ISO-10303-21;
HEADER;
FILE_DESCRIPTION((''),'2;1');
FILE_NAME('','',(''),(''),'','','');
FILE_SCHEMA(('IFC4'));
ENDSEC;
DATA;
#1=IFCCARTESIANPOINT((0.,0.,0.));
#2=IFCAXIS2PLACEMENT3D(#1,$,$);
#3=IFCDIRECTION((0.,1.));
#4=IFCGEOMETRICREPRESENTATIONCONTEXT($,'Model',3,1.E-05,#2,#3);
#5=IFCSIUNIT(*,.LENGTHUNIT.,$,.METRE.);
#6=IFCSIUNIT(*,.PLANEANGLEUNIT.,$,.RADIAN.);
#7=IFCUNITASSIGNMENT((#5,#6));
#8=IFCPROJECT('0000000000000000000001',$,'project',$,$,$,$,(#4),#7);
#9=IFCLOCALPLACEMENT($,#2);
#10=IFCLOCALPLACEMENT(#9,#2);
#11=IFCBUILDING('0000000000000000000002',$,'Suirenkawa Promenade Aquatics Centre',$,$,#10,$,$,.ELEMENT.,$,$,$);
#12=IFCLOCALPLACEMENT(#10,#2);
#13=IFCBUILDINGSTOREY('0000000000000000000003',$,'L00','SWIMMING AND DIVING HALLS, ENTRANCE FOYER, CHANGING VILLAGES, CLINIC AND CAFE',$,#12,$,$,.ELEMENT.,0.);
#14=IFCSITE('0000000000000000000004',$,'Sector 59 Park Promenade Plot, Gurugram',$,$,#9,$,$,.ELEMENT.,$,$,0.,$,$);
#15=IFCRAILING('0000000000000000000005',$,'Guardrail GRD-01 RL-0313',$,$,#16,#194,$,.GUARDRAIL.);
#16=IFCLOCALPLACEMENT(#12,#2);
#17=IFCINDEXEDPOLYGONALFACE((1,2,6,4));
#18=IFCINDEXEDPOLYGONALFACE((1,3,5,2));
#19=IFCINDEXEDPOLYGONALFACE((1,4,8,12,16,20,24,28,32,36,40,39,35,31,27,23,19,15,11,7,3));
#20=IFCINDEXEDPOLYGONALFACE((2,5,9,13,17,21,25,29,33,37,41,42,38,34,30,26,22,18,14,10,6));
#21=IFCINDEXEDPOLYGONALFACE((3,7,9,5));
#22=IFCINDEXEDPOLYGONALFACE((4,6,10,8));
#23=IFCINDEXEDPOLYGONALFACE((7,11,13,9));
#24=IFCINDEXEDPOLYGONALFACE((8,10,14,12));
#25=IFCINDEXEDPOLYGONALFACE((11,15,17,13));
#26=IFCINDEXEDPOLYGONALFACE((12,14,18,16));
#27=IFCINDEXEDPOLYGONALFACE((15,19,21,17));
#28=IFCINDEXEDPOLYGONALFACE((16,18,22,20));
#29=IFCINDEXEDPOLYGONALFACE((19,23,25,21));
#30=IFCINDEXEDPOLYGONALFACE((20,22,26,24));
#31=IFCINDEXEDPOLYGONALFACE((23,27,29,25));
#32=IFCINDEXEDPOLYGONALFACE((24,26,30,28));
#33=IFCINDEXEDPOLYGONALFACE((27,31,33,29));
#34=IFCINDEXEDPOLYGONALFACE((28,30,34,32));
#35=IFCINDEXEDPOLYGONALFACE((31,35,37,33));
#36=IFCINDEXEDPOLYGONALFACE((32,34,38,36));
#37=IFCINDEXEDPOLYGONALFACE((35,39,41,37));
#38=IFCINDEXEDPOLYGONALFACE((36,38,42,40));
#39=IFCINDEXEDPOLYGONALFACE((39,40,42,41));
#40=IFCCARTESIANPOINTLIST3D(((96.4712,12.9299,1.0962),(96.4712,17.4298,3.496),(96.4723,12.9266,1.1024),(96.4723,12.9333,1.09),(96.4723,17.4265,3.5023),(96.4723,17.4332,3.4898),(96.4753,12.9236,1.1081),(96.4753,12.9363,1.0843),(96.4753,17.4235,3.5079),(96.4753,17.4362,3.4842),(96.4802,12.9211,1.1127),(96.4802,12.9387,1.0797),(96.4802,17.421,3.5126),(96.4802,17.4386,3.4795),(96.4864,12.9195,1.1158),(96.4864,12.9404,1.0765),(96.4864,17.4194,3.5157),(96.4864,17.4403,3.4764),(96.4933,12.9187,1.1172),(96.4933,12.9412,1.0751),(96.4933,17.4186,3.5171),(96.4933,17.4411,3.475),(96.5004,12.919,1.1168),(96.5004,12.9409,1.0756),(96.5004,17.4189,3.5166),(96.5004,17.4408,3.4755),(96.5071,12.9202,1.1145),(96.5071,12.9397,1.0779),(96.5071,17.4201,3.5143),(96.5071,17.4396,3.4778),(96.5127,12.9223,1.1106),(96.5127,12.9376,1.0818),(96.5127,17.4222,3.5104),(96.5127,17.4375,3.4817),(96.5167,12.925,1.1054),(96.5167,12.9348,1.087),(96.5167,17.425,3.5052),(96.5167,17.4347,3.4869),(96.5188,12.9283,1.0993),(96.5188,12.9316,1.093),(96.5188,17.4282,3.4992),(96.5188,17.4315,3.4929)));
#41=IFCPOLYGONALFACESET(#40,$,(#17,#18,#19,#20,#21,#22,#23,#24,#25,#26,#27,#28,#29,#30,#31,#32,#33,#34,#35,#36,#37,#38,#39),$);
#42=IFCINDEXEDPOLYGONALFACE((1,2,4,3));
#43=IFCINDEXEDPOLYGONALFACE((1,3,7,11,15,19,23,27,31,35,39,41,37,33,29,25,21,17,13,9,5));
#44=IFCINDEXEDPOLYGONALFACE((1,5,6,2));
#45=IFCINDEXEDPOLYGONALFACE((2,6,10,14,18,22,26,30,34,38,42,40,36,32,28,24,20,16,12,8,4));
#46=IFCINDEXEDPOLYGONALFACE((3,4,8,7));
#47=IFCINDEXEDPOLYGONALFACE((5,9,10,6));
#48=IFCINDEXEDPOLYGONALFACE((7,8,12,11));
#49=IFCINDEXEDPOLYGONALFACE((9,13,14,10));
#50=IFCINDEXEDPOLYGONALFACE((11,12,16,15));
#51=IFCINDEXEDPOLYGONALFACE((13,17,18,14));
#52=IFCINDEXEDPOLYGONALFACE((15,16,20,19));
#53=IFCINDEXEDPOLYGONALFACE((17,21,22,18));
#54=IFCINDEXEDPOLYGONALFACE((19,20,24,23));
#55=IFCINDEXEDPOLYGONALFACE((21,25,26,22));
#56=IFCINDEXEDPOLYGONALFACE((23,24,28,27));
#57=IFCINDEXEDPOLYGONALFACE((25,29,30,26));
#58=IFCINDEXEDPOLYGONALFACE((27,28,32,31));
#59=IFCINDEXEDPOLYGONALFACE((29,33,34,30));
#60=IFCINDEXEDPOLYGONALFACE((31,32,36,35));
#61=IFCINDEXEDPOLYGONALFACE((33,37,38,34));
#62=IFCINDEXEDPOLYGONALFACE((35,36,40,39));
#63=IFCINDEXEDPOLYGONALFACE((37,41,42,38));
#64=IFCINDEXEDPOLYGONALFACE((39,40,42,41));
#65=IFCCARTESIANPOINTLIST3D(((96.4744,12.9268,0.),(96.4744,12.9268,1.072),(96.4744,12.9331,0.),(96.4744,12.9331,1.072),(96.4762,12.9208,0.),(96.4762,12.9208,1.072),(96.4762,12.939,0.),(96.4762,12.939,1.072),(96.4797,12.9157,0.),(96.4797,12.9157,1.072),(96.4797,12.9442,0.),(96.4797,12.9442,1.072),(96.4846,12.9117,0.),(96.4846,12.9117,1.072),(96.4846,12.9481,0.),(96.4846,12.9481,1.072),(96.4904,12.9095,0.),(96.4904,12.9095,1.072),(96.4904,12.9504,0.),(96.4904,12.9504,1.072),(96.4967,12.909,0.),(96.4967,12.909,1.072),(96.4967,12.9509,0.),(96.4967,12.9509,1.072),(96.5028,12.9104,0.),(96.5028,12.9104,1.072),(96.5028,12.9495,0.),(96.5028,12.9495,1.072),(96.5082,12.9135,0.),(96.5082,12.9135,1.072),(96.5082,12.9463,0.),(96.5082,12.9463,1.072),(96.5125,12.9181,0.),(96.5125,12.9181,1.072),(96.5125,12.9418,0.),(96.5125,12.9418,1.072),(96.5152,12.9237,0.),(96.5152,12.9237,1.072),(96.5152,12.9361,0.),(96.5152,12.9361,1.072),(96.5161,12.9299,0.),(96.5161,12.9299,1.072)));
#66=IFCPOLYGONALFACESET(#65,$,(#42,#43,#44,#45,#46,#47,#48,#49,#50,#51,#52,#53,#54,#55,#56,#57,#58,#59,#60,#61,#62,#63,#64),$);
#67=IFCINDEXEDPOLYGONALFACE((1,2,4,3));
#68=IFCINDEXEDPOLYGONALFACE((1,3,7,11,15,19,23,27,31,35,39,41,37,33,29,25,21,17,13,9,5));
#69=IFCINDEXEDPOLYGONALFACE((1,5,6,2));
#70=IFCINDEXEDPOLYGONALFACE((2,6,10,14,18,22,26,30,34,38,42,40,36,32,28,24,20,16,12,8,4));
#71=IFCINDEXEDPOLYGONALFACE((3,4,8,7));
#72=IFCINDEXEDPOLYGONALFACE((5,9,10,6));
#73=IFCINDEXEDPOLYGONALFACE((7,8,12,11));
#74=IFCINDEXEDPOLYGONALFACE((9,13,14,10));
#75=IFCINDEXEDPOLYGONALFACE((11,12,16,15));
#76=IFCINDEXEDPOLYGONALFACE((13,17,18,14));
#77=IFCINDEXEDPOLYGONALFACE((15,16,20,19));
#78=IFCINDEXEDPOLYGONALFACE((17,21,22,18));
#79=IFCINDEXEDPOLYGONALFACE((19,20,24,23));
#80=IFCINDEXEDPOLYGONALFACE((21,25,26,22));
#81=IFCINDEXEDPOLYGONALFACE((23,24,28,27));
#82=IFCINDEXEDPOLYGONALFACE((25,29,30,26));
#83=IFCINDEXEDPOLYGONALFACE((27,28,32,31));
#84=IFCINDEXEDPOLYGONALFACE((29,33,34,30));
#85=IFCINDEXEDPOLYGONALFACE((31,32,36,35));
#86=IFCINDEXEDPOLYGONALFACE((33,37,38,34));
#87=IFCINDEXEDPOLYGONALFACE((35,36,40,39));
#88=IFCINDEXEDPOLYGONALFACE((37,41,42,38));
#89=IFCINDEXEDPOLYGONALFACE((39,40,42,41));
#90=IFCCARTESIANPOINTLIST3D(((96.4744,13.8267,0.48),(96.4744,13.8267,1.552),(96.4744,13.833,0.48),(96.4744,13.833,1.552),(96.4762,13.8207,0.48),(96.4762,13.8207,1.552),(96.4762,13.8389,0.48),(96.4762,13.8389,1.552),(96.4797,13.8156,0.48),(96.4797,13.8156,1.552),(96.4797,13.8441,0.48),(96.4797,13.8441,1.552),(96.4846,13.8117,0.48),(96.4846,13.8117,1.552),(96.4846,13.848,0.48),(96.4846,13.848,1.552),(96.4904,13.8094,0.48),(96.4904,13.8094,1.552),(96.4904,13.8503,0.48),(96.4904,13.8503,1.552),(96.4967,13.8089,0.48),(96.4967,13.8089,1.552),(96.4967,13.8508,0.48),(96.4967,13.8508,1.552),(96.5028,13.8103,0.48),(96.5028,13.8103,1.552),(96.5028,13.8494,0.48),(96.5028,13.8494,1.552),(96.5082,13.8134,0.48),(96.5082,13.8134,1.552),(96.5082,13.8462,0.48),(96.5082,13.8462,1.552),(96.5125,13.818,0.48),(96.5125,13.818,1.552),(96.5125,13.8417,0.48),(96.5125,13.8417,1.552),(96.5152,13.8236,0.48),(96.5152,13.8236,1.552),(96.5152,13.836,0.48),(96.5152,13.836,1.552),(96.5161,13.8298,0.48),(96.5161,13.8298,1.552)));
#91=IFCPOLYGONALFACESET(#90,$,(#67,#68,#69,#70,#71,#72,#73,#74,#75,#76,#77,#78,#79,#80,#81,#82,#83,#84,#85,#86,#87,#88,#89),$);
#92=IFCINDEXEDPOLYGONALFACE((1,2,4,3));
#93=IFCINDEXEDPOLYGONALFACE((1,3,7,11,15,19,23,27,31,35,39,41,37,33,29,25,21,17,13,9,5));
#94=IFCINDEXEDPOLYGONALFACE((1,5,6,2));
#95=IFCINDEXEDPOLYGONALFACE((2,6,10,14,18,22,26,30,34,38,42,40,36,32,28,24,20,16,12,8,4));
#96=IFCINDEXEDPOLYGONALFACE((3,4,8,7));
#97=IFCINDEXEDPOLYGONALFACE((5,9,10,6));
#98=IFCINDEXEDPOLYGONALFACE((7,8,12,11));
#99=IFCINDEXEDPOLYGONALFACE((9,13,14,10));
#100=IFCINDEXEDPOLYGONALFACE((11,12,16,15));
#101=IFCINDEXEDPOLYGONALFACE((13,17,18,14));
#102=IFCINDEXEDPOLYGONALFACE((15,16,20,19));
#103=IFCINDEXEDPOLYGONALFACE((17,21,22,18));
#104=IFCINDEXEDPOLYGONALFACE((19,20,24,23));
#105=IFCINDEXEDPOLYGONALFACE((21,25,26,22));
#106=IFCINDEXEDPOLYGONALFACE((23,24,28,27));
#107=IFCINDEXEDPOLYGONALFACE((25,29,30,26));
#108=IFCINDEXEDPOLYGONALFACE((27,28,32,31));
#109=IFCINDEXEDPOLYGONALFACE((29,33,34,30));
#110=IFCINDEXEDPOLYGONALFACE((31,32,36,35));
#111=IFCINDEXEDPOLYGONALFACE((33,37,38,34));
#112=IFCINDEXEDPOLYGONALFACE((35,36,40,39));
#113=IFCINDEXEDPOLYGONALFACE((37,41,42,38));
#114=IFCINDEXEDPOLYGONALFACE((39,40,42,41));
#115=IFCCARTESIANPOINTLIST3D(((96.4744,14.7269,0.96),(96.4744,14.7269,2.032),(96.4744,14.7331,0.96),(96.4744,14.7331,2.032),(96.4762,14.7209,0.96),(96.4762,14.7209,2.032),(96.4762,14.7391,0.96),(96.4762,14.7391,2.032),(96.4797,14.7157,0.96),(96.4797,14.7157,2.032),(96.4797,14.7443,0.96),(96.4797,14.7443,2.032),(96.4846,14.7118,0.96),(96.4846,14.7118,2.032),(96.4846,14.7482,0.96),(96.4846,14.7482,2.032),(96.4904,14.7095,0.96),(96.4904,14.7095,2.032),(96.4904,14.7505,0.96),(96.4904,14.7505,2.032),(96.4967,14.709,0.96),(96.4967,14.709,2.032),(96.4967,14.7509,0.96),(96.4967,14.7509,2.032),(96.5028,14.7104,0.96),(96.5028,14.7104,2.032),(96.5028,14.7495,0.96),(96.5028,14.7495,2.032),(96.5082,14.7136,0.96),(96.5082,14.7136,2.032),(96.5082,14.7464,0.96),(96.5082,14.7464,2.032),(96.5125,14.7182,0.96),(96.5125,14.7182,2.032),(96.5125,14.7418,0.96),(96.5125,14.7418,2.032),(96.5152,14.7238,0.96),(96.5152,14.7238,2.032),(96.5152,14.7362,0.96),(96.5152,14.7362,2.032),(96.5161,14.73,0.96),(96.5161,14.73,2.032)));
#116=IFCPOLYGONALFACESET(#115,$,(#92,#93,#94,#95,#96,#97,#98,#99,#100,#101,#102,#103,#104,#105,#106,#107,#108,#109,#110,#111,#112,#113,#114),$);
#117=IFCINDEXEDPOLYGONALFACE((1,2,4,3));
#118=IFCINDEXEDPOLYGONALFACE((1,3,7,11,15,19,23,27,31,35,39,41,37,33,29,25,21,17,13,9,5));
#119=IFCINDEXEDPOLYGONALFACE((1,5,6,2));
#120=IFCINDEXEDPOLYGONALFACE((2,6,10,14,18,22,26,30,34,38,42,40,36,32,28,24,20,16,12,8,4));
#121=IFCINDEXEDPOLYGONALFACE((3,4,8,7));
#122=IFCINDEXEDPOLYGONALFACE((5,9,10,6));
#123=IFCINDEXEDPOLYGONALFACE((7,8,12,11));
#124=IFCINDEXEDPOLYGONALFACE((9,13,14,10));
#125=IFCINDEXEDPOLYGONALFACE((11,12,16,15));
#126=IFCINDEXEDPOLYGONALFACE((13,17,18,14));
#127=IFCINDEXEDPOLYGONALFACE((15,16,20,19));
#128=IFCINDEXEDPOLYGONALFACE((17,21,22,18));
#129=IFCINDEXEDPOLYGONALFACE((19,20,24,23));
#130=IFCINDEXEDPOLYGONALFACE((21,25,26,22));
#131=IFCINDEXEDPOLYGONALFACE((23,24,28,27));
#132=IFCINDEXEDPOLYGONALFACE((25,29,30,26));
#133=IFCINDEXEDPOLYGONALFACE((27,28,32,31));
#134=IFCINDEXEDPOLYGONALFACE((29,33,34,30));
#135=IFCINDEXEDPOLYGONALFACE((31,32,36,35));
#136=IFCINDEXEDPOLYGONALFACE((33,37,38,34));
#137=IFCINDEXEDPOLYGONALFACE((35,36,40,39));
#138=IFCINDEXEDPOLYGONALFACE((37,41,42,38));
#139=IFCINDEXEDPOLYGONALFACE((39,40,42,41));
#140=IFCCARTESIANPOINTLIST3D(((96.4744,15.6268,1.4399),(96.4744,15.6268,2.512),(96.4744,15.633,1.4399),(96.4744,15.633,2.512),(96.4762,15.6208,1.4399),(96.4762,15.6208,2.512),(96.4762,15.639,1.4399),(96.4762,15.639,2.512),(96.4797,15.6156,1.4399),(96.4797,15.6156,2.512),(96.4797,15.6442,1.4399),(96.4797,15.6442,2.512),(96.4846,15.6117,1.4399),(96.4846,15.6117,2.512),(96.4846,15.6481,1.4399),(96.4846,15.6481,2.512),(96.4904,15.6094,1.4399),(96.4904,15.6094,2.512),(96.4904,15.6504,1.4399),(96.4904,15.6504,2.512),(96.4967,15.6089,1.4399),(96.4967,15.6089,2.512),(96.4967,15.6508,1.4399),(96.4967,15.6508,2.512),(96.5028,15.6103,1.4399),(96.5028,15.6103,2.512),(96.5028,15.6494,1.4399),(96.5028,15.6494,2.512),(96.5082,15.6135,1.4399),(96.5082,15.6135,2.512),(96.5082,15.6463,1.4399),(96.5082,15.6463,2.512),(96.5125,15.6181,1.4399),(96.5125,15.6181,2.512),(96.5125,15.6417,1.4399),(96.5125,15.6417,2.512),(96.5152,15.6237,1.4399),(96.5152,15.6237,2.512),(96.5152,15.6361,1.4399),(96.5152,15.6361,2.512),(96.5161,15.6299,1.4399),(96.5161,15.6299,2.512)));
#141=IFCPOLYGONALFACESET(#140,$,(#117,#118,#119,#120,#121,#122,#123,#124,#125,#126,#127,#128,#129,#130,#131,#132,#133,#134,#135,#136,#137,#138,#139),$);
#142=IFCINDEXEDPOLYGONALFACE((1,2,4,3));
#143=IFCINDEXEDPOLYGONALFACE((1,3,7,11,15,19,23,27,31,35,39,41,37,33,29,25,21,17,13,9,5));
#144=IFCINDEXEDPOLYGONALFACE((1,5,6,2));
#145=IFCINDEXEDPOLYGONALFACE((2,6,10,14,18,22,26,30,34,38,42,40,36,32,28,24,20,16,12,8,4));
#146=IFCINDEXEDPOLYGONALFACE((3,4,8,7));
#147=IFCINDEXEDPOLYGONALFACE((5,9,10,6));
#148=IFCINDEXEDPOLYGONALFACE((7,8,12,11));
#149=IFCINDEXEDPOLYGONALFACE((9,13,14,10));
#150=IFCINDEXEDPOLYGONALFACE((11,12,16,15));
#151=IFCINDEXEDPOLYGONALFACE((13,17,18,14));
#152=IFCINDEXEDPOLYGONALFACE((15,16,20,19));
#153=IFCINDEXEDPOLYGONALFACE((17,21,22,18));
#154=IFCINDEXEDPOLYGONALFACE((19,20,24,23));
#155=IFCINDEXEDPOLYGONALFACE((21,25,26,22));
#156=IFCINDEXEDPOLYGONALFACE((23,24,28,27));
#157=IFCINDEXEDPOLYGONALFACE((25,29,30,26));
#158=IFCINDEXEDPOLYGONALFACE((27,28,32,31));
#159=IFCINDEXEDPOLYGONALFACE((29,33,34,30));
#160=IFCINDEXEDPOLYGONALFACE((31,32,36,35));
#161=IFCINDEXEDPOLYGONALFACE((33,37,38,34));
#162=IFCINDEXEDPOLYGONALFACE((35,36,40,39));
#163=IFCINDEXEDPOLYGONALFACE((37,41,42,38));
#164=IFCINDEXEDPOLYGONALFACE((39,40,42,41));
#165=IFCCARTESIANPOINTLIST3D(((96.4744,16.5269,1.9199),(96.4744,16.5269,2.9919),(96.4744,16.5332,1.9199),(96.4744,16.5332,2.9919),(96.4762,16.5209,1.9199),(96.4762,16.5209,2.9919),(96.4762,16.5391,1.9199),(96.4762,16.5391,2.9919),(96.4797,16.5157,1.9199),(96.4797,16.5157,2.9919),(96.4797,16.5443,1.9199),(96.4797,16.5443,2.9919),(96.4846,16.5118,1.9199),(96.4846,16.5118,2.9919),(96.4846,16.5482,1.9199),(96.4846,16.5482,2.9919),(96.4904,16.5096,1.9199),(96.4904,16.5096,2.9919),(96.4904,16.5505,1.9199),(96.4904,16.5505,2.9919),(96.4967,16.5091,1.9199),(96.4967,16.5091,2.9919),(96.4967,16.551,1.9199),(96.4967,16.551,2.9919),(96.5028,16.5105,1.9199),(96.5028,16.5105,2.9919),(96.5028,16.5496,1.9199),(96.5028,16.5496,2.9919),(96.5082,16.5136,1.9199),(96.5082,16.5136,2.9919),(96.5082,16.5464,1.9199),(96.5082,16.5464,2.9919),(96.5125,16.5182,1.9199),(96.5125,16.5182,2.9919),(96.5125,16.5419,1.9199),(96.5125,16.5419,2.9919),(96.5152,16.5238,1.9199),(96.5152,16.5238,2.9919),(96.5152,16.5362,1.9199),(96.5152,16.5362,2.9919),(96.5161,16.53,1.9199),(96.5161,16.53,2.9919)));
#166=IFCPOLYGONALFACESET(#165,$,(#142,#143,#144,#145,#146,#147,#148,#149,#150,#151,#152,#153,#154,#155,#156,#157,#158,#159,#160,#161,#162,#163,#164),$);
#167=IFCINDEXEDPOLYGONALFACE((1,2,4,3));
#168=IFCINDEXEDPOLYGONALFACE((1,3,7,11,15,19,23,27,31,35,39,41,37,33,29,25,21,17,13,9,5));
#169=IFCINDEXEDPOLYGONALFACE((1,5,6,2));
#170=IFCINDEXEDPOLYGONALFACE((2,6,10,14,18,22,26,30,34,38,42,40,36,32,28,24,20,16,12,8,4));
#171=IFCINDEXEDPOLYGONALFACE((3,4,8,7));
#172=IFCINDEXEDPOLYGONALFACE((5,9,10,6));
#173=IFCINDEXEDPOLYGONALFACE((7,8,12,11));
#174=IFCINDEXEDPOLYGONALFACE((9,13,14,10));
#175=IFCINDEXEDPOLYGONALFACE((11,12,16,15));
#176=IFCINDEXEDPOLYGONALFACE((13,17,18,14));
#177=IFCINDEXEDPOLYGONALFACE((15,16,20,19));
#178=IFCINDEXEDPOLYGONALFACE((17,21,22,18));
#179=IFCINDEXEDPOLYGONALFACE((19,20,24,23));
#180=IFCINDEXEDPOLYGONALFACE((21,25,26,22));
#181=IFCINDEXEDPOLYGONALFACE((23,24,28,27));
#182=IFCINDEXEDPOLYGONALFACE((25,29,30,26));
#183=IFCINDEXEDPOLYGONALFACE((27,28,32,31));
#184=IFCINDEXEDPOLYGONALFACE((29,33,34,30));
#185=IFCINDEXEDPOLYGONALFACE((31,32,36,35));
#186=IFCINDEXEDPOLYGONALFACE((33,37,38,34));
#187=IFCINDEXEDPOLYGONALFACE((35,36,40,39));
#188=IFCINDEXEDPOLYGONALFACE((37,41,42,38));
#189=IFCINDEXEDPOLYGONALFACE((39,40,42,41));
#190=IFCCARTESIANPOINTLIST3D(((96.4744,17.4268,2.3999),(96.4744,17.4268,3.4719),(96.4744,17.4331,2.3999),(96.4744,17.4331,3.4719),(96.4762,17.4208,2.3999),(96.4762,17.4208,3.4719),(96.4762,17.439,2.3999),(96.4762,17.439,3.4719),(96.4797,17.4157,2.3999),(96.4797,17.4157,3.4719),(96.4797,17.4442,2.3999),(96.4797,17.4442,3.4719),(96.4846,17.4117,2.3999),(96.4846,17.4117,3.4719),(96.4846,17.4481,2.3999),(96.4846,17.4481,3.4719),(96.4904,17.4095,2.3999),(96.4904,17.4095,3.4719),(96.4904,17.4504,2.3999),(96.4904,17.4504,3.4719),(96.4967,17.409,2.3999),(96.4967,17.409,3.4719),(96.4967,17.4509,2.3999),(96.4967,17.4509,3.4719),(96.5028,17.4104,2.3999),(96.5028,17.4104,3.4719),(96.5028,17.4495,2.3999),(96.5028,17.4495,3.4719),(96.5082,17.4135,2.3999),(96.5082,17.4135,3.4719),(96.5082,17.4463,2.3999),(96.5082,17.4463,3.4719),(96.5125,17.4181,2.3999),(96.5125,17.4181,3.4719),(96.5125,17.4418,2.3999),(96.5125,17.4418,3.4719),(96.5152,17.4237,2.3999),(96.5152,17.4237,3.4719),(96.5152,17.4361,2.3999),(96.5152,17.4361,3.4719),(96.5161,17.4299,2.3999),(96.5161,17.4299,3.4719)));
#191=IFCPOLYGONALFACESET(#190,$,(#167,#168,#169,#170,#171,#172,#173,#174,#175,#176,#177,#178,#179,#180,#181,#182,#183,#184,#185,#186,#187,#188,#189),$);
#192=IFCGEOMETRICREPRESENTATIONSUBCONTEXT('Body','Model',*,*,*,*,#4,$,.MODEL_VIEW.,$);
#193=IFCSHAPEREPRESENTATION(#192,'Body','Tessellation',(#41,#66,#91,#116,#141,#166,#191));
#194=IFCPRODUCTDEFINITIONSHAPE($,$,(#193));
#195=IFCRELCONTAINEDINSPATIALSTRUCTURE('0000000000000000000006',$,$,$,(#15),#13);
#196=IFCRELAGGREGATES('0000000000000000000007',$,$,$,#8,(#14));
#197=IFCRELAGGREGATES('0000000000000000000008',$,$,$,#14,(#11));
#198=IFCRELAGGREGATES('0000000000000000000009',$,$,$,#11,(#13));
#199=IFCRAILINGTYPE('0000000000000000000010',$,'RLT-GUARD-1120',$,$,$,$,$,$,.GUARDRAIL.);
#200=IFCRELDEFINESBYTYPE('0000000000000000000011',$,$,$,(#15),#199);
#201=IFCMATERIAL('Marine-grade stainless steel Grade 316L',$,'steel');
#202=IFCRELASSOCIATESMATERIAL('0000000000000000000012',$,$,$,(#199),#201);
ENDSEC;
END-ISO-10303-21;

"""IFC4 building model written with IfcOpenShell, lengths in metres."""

from ifc_helpers import new_model, si_unit, direction, frame, origin, origin_2d, place, context, subcontext, project, spatial, circle, extrude, material, type_object, element, save


model = new_model("IFC4")

# Units and contexts
model_context = context("Model", 3, precision=1e-05, world=origin(), true_north=direction((0.0, 1.0)))
body_context = subcontext(model_context, "Body", "Model", "MODEL_VIEW")
ifc_project = project(units=[si_unit("LENGTHUNIT", "METRE"), si_unit("PLANEANGLEUNIT", "RADIAN")], contexts=[model_context])

# Site, building, storey
site_placement = place(None, origin())
site = spatial("IfcSite", under=ifc_project, at=site_placement, Name="Sector 59 Park Promenade Plot, Gurugram", CompositionType="ELEMENT", RefElevation=0.0)
building_placement = place(site_placement, origin())
building = spatial("IfcBuilding", under=site, at=building_placement, Name="Suirenkawa Promenade Aquatics Centre", CompositionType="ELEMENT")
storey_placement = place(building_placement, origin())
storey = spatial("IfcBuildingStorey", under=building, at=storey_placement, Name="L00", Description="SWIMMING AND DIVING HALLS, ENTRANCE FOYER, CHANGING VILLAGES, CLINIC AND CAFE", CompositionType="ELEMENT", Elevation=0.0)

# Railing
ifc_material_1 = material(Name="Marine-grade stainless steel Grade 316L", Category="steel")
railing_type_1 = type_object("IfcRailingType", Name="RLT-GUARD-1120", PredefinedType="GUARDRAIL", material=ifc_material_1)
for number, where, name in (
    (1, (96.4951, 12.9299, 0.0), "Guardrail GRD-01 RL-0313"),
):
    element("IfcRailing", number, at=place(storey_placement, frame(where)), inside=storey, type_object=railing_type_1, Name=name, PredefinedType="GUARDRAIL", context=body_context, shape_type="SweptSolid", body=[
        extrude(circle(Radius=0.0239, at=origin_2d()), frame((0.0, 0.0, 1.0962), z_axis=(0.0, 0.882361, 0.470573), x_axis=(-1.0, 0.0, 0.0)), (0.0, 0.0, 1.0), 5.0999),
        extrude(circle(Radius=0.021, at=origin_2d()), origin(), (0.0, 0.0, 1.0), 1.072),
        extrude(circle(Radius=0.021, at=origin_2d()), frame((0.0, 0.8999, 0.48)), (0.0, 0.0, 1.0), 1.072),
        extrude(circle(Radius=0.021, at=origin_2d()), frame((0.0, 1.8, 0.96)), (0.0, 0.0, 1.0), 1.072),
        extrude(circle(Radius=0.021, at=origin_2d()), frame((0.0, 2.7, 1.4399)), (0.0, 0.0, 1.0), 1.072),
        extrude(circle(Radius=0.021, at=origin_2d()), frame((0.0, 3.6001, 1.9199)), (0.0, 0.0, 1.0), 1.072),
        extrude(circle(Radius=0.021, at=origin_2d()), frame((0.0, 4.5, 2.3999)), (0.0, 0.0, 1.0), 1.072),
    ])

save(model, "model.ifc")
